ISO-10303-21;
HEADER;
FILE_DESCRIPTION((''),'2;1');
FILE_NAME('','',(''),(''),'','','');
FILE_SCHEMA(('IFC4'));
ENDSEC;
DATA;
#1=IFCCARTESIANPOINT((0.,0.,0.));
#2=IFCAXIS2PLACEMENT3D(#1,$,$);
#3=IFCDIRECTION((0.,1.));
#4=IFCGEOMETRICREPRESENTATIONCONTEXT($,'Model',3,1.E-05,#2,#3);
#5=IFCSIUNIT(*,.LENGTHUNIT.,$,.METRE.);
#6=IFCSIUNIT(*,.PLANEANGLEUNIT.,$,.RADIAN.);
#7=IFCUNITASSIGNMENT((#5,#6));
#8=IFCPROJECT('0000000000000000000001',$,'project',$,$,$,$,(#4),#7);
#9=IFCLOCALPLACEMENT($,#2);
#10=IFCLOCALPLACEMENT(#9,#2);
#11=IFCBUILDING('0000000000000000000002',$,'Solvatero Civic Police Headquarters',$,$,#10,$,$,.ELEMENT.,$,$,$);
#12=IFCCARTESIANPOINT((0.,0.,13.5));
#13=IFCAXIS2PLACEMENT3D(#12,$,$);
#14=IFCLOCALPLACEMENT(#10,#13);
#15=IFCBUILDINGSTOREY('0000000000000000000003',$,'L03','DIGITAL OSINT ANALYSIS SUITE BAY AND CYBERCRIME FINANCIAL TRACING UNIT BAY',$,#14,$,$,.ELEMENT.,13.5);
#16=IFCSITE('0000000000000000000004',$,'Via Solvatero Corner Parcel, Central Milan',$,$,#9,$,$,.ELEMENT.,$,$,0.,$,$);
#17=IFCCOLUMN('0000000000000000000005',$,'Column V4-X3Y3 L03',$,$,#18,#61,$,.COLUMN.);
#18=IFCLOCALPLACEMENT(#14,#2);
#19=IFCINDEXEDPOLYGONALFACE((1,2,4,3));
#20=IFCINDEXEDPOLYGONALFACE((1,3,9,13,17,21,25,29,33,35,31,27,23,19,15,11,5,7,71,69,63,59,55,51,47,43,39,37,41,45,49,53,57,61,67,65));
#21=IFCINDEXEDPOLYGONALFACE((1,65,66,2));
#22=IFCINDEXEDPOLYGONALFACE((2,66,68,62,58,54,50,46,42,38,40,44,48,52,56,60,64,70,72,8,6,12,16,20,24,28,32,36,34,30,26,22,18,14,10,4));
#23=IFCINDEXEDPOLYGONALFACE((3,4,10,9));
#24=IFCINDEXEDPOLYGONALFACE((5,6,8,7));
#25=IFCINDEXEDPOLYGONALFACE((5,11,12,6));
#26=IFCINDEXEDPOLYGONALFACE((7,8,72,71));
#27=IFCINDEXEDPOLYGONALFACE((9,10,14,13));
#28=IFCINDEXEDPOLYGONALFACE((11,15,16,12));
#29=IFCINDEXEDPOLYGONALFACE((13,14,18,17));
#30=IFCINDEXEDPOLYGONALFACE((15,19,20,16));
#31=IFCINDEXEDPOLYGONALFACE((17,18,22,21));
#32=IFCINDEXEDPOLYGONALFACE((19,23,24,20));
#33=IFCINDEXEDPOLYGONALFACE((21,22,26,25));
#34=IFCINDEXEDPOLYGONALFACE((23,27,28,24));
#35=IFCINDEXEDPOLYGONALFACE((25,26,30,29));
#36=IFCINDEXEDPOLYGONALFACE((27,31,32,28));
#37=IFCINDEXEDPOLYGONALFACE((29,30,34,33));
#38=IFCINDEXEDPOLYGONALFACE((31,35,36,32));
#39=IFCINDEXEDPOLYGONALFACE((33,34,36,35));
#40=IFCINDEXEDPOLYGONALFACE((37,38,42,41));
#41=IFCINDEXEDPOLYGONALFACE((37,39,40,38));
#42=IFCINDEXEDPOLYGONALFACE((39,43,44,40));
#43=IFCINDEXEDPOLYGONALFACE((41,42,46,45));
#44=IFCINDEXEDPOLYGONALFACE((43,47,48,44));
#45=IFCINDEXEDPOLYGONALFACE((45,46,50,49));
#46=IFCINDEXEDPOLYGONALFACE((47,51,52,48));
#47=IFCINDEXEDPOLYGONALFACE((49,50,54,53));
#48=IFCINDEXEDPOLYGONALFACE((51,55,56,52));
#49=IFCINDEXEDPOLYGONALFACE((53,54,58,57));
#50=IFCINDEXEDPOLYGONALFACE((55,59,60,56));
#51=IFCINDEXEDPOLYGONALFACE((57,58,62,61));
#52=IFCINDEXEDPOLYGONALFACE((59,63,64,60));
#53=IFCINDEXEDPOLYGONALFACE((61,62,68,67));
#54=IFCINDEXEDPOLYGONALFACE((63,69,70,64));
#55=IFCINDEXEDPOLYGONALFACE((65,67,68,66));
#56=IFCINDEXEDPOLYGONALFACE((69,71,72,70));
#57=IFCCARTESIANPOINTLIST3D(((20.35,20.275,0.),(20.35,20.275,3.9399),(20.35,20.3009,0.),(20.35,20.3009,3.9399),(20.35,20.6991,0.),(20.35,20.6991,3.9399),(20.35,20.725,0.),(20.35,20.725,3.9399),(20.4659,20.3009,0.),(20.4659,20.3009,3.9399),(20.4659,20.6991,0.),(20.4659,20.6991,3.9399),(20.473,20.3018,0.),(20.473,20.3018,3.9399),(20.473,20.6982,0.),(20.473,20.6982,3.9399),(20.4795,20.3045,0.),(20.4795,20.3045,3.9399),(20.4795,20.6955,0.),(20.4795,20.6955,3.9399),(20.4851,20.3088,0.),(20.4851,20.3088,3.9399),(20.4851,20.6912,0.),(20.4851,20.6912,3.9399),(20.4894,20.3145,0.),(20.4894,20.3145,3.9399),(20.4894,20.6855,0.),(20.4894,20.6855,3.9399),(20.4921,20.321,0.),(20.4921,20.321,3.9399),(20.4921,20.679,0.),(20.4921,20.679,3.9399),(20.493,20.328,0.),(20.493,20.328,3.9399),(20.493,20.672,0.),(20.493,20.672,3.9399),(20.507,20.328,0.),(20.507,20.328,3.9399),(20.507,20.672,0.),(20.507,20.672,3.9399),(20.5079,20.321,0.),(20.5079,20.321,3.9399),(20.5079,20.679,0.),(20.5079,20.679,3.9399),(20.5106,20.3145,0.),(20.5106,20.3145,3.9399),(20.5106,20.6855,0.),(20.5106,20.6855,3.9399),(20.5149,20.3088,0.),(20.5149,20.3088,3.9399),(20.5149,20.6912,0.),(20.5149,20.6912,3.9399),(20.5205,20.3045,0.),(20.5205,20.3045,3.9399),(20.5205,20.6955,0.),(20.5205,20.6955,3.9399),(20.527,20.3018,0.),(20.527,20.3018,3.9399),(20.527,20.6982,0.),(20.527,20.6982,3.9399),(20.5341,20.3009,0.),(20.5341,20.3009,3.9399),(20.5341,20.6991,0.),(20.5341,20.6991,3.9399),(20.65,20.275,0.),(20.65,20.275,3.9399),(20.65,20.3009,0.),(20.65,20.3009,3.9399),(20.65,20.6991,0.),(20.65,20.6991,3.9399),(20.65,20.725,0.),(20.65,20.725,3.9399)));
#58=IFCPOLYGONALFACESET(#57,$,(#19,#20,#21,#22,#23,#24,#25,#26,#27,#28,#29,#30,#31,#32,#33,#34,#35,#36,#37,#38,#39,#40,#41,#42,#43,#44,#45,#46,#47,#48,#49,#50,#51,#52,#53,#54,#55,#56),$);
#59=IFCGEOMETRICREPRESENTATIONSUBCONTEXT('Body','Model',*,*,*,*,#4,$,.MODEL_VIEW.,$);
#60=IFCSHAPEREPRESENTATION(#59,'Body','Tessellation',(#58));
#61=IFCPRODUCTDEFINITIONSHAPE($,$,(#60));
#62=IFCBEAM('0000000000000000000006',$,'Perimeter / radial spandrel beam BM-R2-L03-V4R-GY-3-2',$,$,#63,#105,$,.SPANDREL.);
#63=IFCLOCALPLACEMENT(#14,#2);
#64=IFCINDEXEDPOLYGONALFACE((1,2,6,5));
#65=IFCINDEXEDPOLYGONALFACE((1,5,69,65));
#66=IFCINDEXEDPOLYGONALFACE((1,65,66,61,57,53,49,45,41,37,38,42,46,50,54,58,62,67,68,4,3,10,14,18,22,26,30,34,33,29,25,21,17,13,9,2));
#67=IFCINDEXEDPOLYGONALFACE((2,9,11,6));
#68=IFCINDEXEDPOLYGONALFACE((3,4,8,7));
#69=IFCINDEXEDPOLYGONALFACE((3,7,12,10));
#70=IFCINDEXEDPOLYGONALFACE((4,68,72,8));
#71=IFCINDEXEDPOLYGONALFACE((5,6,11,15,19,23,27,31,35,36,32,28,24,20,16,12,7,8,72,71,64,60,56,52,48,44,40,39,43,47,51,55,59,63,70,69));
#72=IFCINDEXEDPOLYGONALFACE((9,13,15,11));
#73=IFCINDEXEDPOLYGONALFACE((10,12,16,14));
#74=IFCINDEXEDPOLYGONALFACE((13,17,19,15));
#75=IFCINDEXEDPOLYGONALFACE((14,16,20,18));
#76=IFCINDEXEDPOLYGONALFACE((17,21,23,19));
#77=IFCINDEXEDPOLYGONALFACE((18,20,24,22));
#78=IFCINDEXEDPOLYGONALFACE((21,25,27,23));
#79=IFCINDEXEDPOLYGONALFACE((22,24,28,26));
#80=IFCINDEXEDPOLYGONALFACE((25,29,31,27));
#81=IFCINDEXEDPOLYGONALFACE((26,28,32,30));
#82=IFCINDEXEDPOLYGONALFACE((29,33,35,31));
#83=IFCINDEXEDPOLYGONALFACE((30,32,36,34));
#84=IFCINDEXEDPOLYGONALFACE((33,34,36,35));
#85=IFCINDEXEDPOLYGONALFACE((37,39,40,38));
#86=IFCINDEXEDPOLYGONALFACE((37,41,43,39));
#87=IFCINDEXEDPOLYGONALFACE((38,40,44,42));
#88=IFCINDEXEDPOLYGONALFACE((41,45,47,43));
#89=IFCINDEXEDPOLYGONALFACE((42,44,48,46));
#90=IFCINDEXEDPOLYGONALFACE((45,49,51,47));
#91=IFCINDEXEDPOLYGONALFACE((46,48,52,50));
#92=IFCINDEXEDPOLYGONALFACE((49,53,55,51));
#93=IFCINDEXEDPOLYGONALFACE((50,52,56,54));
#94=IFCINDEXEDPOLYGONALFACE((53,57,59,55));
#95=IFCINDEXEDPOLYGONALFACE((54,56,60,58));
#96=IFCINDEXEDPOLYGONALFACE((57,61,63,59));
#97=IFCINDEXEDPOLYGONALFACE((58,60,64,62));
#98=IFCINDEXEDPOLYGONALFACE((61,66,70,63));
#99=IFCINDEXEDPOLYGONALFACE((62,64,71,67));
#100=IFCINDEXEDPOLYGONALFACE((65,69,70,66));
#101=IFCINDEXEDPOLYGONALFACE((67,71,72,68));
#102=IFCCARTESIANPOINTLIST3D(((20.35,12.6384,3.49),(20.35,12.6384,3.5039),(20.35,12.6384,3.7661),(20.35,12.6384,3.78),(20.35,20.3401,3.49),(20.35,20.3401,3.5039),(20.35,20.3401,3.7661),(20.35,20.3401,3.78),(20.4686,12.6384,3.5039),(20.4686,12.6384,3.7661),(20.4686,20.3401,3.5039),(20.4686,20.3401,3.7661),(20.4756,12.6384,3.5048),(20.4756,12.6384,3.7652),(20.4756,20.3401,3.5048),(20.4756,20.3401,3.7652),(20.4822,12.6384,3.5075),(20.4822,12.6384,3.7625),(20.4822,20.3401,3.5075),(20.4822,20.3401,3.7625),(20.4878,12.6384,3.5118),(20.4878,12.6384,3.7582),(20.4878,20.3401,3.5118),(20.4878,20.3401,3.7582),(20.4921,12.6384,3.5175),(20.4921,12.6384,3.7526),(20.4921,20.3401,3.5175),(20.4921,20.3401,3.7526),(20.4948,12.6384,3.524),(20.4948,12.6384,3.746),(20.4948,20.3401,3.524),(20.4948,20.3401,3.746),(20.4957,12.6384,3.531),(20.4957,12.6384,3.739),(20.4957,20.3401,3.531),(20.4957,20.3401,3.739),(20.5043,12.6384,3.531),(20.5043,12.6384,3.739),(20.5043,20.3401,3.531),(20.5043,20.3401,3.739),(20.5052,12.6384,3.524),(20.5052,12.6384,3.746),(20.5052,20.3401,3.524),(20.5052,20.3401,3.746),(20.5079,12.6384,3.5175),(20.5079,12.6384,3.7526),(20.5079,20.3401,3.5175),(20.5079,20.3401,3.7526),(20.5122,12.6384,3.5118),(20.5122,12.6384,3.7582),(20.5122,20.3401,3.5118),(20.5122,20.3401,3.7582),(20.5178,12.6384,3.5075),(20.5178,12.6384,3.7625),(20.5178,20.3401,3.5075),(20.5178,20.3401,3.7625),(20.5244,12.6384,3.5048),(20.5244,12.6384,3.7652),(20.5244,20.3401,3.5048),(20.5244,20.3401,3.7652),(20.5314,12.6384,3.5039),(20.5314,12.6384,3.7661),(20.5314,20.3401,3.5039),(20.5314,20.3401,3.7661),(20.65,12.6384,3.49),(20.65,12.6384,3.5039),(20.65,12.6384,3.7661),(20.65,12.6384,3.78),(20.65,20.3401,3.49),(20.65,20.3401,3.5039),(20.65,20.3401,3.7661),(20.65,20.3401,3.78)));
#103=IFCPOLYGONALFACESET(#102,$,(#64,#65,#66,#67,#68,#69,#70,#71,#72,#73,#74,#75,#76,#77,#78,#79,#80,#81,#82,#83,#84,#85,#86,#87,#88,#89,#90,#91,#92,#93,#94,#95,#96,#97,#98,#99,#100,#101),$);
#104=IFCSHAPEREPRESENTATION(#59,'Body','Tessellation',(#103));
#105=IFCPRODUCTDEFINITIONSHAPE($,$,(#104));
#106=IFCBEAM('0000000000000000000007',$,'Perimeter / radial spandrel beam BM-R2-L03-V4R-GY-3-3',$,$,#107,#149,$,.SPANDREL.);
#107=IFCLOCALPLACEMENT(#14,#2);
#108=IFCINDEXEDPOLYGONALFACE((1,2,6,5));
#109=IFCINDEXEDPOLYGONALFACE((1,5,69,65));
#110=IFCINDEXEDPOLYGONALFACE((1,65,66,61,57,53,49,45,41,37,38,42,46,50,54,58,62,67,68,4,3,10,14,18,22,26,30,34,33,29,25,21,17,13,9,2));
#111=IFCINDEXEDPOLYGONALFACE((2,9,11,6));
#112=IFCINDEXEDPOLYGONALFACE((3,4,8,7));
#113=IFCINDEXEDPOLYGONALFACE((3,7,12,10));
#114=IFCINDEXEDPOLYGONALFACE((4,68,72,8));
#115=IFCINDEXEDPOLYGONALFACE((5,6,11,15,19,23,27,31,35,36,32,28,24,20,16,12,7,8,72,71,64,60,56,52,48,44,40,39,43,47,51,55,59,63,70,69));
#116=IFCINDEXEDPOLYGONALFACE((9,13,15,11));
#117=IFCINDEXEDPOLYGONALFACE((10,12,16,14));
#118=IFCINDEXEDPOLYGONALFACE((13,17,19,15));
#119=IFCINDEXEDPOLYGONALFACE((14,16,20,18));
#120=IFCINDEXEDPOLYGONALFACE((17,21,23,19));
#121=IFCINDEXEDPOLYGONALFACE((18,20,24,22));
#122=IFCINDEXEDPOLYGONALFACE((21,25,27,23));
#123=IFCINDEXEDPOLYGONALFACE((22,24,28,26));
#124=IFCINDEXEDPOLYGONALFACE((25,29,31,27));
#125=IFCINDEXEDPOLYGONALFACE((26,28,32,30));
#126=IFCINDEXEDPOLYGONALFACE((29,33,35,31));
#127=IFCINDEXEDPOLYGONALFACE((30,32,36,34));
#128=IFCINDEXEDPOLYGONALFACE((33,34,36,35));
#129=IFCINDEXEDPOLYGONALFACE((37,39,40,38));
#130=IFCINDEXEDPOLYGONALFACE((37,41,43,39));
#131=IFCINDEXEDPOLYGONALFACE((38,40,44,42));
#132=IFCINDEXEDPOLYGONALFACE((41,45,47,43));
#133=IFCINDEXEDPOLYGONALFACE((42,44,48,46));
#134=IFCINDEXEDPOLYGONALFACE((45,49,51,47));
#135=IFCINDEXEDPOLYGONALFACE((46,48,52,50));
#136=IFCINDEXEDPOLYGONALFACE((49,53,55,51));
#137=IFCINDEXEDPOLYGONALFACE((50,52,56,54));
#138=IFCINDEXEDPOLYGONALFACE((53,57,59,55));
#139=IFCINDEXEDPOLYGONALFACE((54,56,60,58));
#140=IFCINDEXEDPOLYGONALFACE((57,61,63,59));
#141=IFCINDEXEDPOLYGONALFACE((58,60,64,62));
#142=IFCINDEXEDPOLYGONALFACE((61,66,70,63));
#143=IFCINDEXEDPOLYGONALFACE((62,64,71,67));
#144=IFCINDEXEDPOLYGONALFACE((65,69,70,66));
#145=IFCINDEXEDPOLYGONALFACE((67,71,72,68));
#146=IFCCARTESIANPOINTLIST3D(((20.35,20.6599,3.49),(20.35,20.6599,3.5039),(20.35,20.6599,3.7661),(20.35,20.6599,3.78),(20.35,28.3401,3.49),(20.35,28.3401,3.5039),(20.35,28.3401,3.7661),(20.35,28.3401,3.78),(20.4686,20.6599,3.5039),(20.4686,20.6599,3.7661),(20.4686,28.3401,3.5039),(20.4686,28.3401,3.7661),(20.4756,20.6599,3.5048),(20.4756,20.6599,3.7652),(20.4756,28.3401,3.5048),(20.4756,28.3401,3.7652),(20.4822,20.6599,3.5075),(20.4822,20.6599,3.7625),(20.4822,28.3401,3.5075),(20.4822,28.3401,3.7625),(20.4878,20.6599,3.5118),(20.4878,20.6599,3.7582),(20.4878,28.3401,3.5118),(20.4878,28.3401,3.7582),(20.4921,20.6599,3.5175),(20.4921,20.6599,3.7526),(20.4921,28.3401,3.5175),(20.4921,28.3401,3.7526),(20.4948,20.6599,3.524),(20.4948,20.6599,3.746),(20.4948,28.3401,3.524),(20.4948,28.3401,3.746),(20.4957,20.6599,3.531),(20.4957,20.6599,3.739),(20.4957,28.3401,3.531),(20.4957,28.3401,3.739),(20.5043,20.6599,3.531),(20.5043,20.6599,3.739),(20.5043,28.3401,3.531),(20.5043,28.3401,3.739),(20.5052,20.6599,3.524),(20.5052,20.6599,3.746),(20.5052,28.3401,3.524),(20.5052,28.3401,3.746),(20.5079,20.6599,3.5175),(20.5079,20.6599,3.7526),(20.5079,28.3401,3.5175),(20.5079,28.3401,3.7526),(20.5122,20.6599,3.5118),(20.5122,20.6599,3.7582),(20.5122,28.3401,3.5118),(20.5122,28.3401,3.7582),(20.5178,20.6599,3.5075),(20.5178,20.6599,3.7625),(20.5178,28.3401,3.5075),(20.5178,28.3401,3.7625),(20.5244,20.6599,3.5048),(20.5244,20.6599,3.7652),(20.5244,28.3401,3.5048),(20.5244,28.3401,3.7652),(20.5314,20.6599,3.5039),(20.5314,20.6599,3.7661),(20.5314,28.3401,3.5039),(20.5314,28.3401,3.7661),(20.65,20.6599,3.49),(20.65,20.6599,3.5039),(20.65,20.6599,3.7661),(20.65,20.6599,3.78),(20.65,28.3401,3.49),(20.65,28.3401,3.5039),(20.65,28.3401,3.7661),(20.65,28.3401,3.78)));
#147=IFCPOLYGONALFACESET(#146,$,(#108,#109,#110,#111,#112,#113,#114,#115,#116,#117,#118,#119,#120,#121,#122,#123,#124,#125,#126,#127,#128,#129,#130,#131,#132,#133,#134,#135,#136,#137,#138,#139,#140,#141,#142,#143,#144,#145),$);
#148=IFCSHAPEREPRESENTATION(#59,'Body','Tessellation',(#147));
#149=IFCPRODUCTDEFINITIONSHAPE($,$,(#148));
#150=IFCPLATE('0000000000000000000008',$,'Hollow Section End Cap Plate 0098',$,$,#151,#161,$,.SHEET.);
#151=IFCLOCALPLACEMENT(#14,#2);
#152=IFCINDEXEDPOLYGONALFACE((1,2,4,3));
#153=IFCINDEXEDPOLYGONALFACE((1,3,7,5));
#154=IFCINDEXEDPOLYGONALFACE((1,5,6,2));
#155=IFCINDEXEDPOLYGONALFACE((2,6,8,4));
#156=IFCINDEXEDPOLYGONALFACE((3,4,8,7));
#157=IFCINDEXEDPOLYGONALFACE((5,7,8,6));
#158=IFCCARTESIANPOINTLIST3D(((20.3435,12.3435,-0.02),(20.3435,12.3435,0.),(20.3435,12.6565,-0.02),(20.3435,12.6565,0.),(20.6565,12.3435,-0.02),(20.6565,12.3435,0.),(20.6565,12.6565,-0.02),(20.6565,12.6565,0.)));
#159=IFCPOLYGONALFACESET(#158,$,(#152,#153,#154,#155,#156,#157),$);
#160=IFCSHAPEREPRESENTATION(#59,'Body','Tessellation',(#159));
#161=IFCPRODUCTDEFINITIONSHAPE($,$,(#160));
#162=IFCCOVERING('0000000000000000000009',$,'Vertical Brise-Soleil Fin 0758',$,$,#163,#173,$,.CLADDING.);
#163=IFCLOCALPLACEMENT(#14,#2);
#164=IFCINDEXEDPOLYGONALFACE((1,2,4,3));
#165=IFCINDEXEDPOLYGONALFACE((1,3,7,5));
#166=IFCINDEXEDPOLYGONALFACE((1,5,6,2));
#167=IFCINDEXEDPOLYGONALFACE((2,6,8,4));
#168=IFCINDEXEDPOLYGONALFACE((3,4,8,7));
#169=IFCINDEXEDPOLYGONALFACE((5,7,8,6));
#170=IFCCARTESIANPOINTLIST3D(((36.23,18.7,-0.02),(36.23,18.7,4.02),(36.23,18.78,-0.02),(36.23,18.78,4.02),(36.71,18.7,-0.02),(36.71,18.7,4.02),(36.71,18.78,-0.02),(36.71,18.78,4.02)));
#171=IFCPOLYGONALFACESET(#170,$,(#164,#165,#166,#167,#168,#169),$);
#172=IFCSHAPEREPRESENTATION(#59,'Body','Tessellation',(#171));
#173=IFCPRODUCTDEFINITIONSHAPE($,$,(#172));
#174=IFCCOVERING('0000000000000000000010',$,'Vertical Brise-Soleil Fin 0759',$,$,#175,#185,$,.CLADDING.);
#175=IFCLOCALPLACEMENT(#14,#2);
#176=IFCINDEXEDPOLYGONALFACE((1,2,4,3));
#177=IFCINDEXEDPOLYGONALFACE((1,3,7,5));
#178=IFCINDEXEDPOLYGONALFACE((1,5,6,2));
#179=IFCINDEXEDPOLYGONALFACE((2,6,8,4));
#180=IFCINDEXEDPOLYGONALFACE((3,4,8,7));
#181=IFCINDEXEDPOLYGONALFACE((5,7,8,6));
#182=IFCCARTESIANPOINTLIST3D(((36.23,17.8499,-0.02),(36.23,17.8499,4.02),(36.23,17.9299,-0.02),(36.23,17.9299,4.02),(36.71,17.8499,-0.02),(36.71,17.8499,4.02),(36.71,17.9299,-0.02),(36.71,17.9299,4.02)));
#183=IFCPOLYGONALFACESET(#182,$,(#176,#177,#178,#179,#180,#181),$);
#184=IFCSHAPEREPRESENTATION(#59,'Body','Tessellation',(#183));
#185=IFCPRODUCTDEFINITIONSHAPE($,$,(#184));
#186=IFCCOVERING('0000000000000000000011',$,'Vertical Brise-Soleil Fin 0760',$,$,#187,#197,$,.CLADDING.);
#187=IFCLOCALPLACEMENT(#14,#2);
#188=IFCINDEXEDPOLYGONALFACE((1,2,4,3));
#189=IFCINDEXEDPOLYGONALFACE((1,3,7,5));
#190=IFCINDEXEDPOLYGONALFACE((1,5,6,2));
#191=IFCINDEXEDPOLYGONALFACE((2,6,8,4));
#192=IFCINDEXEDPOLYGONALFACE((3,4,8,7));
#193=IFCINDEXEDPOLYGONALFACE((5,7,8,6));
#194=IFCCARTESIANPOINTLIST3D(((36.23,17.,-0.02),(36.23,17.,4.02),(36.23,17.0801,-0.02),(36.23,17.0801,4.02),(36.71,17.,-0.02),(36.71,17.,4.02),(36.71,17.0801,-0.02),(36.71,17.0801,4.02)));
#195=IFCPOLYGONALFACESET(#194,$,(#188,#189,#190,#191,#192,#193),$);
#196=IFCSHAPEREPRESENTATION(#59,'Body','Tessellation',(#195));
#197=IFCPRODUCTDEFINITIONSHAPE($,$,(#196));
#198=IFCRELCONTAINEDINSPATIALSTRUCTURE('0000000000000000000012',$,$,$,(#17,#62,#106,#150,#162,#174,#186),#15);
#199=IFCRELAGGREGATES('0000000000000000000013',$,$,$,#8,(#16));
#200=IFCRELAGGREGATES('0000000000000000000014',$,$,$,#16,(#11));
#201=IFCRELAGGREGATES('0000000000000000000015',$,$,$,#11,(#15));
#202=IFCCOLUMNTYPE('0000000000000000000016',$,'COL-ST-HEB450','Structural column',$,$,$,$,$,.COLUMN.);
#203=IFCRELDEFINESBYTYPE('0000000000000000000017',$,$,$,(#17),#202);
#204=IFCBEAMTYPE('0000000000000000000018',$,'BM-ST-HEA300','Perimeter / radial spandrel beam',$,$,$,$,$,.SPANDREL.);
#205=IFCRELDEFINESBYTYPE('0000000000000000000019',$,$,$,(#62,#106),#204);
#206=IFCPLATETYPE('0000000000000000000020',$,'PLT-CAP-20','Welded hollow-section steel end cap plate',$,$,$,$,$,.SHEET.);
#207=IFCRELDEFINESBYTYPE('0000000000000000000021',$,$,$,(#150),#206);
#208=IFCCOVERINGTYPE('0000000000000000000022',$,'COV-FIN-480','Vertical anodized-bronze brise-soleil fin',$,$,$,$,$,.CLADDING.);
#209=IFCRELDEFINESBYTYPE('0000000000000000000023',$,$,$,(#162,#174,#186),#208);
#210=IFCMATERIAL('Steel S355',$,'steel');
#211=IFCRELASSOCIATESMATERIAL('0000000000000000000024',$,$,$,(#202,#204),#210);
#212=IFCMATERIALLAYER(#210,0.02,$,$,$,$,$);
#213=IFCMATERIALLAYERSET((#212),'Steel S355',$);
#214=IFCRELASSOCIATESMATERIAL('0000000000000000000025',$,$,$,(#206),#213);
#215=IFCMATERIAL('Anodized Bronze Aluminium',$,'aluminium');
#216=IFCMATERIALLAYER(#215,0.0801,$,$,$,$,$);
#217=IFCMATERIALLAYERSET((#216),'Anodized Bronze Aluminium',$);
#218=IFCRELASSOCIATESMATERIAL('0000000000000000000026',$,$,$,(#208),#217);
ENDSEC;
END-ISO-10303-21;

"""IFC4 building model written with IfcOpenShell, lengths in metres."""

from ifc_helpers import new_model, si_unit, direction, frame, origin, origin_2d, place, context, subcontext, project, spatial, rectangle, i_section, extrude, material, layer, layer_set, material_profile, profile_set, type_object, element, save


model = new_model("IFC4")

# Units and contexts
model_context = context("Model", 3, precision=1e-05, world=origin(), true_north=direction((0.0, 1.0)))
body_context = subcontext(model_context, "Body", "Model", "MODEL_VIEW")
ifc_project = project(units=[si_unit("LENGTHUNIT", "METRE"), si_unit("PLANEANGLEUNIT", "RADIAN")], contexts=[model_context])

# Site, building, storey
site_placement = place(None, origin())
site = spatial("IfcSite", under=ifc_project, at=site_placement, Name="Via Solvatero Corner Parcel, Central Milan", CompositionType="ELEMENT", RefElevation=0.0)
building_placement = place(site_placement, origin())
building = spatial("IfcBuilding", under=site, at=building_placement, Name="Solvatero Civic Police Headquarters", CompositionType="ELEMENT")
storey_placement = place(building_placement, frame((0.0, 0.0, 13.5)))
storey = spatial("IfcBuildingStorey", under=building, at=storey_placement, Name="L03", Description="DIGITAL OSINT ANALYSIS SUITE BAY AND CYBERCRIME FINANCIAL TRACING UNIT BAY", CompositionType="ELEMENT", Elevation=13.5)

# Column
ifc_material_1 = material(Name="Steel S355", Category="steel")
ifc_material_profile_1 = material_profile(ifc_material_1, i_section(OverallWidth=0.3, OverallDepth=0.45, WebThickness=0.0139, FlangeThickness=0.0259, FilletRadius=0.0271, at=origin_2d()), Name="HEB 450")
ifc_profile_set_1 = profile_set([ifc_material_profile_1], Name="Steel S355")
column_type = type_object("IfcColumnType", Name="COL-ST-HEB450", Description="Structural column", PredefinedType="COLUMN", material=ifc_profile_set_1)
column_placement = place(storey_placement, frame((20.5, 20.5, 0.0), z_axis=(0.0, 0.0, 1.0), x_axis=(1.0, 0.0, 0.0)))
element("IfcColumn", 1, at=column_placement, inside=storey, type_object=column_type, Name="Column V4-X3Y3 L03", PredefinedType="COLUMN", context=body_context, shape_type="SweptSolid", body=[
    extrude(i_section(OverallWidth=0.3, OverallDepth=0.45, WebThickness=0.0139, FlangeThickness=0.0259, FilletRadius=0.0271, at=origin_2d()), origin(), (0.0, 0.0, 1.0), 3.9399),
])

# Beams
ifc_material_profile_2 = material_profile(ifc_material_1, i_section(OverallWidth=0.3, OverallDepth=0.29, WebThickness=0.0085, FlangeThickness=0.0139, FilletRadius=0.0271, at=origin_2d()), Name="HEA 300")
ifc_profile_set_2 = profile_set([ifc_material_profile_2], Name="Steel S355")
beam_type = type_object("IfcBeamType", Name="BM-ST-HEA300", Description="Perimeter / radial spandrel beam", PredefinedType="SPANDREL", material=ifc_profile_set_2)
beam_1_placement = place(storey_placement, frame((20.5, 12.6384, 3.635), z_axis=(0.0, 1.0, 0.0), x_axis=(-1.0, 0.0, 0.0)))
element("IfcBeam", 2, at=beam_1_placement, inside=storey, type_object=beam_type, Name="Perimeter / radial spandrel beam BM-R2-L03-V4R-GY-3-2", PredefinedType="SPANDREL", context=body_context, shape_type="SweptSolid", body=[
    extrude(i_section(OverallWidth=0.3, OverallDepth=0.29, WebThickness=0.0085, FlangeThickness=0.0139, FilletRadius=0.0271, at=origin_2d()), origin(), (0.0, 0.0, 1.0), 7.7017),
])
beam_2_placement = place(storey_placement, frame((20.5, 20.6599, 3.635), z_axis=(0.0, 1.0, 0.0), x_axis=(-1.0, 0.0, 0.0)))
element("IfcBeam", 3, at=beam_2_placement, inside=storey, type_object=beam_type, Name="Perimeter / radial spandrel beam BM-R2-L03-V4R-GY-3-3", PredefinedType="SPANDREL", context=body_context, shape_type="SweptSolid", body=[
    extrude(i_section(OverallWidth=0.3, OverallDepth=0.29, WebThickness=0.0085, FlangeThickness=0.0139, FilletRadius=0.0271, at=origin_2d()), origin(), (0.0, 0.0, 1.0), 7.6802),
])

# Plate
ifc_layer_1 = layer(ifc_material_1, 0.02)
ifc_layer_set_1 = layer_set([ifc_layer_1], Name="Steel S355")
plate_type = type_object("IfcPlateType", Name="PLT-CAP-20", Description="Welded hollow-section steel end cap plate", PredefinedType="SHEET", material=ifc_layer_set_1)
plate_placement = place(storey_placement, frame((20.5, 12.5, -0.02), z_axis=(0.0, 0.0, 1.0), x_axis=(1.0, 0.0, 0.0)))
element("IfcPlate", 4, at=plate_placement, inside=storey, type_object=plate_type, Name="Hollow Section End Cap Plate 0098", PredefinedType="SHEET", context=body_context, shape_type="SweptSolid", body=[
    extrude(rectangle(XDim=0.313, YDim=0.313, at=origin_2d()), origin(), (0.0, 0.0, 1.0), 0.02),
])

# Coverings
ifc_material_2 = material(Name="Anodized Bronze Aluminium", Category="aluminium")
ifc_layer_2 = layer(ifc_material_2, 0.0801)
ifc_layer_set_2 = layer_set([ifc_layer_2], Name="Anodized Bronze Aluminium")
covering_type_1 = type_object("IfcCoveringType", Name="COV-FIN-480", Description="Vertical anodized-bronze brise-soleil fin", PredefinedType="CLADDING", material=ifc_layer_set_2)
for number, where, z_axis, x_axis, name in (
    (5, (36.47, 18.74, -0.02), (0.0, 0.0, 1.0), (0.0, -1.0, 0.0), "Vertical Brise-Soleil Fin 0758"),
    (6, (36.47, 17.8899, -0.02), (0.0, 0.0, 1.0), (0.0, -1.0, 0.0), "Vertical Brise-Soleil Fin 0759"),
    (7, (36.47, 17.04, -0.02), (0.0, 0.0, 1.0), (0.0, -1.0, 0.0), "Vertical Brise-Soleil Fin 0760"),
):
    element("IfcCovering", number, at=place(storey_placement, frame(where, z_axis=z_axis, x_axis=x_axis)), inside=storey, type_object=covering_type_1, Name=name, PredefinedType="CLADDING", context=body_context, shape_type="SweptSolid", body=[
        extrude(rectangle(XDim=0.0801, YDim=0.48, at=origin_2d()), origin(), (0.0, 0.0, 1.0), 4.04),
    ])

save(model, "model.ifc")
